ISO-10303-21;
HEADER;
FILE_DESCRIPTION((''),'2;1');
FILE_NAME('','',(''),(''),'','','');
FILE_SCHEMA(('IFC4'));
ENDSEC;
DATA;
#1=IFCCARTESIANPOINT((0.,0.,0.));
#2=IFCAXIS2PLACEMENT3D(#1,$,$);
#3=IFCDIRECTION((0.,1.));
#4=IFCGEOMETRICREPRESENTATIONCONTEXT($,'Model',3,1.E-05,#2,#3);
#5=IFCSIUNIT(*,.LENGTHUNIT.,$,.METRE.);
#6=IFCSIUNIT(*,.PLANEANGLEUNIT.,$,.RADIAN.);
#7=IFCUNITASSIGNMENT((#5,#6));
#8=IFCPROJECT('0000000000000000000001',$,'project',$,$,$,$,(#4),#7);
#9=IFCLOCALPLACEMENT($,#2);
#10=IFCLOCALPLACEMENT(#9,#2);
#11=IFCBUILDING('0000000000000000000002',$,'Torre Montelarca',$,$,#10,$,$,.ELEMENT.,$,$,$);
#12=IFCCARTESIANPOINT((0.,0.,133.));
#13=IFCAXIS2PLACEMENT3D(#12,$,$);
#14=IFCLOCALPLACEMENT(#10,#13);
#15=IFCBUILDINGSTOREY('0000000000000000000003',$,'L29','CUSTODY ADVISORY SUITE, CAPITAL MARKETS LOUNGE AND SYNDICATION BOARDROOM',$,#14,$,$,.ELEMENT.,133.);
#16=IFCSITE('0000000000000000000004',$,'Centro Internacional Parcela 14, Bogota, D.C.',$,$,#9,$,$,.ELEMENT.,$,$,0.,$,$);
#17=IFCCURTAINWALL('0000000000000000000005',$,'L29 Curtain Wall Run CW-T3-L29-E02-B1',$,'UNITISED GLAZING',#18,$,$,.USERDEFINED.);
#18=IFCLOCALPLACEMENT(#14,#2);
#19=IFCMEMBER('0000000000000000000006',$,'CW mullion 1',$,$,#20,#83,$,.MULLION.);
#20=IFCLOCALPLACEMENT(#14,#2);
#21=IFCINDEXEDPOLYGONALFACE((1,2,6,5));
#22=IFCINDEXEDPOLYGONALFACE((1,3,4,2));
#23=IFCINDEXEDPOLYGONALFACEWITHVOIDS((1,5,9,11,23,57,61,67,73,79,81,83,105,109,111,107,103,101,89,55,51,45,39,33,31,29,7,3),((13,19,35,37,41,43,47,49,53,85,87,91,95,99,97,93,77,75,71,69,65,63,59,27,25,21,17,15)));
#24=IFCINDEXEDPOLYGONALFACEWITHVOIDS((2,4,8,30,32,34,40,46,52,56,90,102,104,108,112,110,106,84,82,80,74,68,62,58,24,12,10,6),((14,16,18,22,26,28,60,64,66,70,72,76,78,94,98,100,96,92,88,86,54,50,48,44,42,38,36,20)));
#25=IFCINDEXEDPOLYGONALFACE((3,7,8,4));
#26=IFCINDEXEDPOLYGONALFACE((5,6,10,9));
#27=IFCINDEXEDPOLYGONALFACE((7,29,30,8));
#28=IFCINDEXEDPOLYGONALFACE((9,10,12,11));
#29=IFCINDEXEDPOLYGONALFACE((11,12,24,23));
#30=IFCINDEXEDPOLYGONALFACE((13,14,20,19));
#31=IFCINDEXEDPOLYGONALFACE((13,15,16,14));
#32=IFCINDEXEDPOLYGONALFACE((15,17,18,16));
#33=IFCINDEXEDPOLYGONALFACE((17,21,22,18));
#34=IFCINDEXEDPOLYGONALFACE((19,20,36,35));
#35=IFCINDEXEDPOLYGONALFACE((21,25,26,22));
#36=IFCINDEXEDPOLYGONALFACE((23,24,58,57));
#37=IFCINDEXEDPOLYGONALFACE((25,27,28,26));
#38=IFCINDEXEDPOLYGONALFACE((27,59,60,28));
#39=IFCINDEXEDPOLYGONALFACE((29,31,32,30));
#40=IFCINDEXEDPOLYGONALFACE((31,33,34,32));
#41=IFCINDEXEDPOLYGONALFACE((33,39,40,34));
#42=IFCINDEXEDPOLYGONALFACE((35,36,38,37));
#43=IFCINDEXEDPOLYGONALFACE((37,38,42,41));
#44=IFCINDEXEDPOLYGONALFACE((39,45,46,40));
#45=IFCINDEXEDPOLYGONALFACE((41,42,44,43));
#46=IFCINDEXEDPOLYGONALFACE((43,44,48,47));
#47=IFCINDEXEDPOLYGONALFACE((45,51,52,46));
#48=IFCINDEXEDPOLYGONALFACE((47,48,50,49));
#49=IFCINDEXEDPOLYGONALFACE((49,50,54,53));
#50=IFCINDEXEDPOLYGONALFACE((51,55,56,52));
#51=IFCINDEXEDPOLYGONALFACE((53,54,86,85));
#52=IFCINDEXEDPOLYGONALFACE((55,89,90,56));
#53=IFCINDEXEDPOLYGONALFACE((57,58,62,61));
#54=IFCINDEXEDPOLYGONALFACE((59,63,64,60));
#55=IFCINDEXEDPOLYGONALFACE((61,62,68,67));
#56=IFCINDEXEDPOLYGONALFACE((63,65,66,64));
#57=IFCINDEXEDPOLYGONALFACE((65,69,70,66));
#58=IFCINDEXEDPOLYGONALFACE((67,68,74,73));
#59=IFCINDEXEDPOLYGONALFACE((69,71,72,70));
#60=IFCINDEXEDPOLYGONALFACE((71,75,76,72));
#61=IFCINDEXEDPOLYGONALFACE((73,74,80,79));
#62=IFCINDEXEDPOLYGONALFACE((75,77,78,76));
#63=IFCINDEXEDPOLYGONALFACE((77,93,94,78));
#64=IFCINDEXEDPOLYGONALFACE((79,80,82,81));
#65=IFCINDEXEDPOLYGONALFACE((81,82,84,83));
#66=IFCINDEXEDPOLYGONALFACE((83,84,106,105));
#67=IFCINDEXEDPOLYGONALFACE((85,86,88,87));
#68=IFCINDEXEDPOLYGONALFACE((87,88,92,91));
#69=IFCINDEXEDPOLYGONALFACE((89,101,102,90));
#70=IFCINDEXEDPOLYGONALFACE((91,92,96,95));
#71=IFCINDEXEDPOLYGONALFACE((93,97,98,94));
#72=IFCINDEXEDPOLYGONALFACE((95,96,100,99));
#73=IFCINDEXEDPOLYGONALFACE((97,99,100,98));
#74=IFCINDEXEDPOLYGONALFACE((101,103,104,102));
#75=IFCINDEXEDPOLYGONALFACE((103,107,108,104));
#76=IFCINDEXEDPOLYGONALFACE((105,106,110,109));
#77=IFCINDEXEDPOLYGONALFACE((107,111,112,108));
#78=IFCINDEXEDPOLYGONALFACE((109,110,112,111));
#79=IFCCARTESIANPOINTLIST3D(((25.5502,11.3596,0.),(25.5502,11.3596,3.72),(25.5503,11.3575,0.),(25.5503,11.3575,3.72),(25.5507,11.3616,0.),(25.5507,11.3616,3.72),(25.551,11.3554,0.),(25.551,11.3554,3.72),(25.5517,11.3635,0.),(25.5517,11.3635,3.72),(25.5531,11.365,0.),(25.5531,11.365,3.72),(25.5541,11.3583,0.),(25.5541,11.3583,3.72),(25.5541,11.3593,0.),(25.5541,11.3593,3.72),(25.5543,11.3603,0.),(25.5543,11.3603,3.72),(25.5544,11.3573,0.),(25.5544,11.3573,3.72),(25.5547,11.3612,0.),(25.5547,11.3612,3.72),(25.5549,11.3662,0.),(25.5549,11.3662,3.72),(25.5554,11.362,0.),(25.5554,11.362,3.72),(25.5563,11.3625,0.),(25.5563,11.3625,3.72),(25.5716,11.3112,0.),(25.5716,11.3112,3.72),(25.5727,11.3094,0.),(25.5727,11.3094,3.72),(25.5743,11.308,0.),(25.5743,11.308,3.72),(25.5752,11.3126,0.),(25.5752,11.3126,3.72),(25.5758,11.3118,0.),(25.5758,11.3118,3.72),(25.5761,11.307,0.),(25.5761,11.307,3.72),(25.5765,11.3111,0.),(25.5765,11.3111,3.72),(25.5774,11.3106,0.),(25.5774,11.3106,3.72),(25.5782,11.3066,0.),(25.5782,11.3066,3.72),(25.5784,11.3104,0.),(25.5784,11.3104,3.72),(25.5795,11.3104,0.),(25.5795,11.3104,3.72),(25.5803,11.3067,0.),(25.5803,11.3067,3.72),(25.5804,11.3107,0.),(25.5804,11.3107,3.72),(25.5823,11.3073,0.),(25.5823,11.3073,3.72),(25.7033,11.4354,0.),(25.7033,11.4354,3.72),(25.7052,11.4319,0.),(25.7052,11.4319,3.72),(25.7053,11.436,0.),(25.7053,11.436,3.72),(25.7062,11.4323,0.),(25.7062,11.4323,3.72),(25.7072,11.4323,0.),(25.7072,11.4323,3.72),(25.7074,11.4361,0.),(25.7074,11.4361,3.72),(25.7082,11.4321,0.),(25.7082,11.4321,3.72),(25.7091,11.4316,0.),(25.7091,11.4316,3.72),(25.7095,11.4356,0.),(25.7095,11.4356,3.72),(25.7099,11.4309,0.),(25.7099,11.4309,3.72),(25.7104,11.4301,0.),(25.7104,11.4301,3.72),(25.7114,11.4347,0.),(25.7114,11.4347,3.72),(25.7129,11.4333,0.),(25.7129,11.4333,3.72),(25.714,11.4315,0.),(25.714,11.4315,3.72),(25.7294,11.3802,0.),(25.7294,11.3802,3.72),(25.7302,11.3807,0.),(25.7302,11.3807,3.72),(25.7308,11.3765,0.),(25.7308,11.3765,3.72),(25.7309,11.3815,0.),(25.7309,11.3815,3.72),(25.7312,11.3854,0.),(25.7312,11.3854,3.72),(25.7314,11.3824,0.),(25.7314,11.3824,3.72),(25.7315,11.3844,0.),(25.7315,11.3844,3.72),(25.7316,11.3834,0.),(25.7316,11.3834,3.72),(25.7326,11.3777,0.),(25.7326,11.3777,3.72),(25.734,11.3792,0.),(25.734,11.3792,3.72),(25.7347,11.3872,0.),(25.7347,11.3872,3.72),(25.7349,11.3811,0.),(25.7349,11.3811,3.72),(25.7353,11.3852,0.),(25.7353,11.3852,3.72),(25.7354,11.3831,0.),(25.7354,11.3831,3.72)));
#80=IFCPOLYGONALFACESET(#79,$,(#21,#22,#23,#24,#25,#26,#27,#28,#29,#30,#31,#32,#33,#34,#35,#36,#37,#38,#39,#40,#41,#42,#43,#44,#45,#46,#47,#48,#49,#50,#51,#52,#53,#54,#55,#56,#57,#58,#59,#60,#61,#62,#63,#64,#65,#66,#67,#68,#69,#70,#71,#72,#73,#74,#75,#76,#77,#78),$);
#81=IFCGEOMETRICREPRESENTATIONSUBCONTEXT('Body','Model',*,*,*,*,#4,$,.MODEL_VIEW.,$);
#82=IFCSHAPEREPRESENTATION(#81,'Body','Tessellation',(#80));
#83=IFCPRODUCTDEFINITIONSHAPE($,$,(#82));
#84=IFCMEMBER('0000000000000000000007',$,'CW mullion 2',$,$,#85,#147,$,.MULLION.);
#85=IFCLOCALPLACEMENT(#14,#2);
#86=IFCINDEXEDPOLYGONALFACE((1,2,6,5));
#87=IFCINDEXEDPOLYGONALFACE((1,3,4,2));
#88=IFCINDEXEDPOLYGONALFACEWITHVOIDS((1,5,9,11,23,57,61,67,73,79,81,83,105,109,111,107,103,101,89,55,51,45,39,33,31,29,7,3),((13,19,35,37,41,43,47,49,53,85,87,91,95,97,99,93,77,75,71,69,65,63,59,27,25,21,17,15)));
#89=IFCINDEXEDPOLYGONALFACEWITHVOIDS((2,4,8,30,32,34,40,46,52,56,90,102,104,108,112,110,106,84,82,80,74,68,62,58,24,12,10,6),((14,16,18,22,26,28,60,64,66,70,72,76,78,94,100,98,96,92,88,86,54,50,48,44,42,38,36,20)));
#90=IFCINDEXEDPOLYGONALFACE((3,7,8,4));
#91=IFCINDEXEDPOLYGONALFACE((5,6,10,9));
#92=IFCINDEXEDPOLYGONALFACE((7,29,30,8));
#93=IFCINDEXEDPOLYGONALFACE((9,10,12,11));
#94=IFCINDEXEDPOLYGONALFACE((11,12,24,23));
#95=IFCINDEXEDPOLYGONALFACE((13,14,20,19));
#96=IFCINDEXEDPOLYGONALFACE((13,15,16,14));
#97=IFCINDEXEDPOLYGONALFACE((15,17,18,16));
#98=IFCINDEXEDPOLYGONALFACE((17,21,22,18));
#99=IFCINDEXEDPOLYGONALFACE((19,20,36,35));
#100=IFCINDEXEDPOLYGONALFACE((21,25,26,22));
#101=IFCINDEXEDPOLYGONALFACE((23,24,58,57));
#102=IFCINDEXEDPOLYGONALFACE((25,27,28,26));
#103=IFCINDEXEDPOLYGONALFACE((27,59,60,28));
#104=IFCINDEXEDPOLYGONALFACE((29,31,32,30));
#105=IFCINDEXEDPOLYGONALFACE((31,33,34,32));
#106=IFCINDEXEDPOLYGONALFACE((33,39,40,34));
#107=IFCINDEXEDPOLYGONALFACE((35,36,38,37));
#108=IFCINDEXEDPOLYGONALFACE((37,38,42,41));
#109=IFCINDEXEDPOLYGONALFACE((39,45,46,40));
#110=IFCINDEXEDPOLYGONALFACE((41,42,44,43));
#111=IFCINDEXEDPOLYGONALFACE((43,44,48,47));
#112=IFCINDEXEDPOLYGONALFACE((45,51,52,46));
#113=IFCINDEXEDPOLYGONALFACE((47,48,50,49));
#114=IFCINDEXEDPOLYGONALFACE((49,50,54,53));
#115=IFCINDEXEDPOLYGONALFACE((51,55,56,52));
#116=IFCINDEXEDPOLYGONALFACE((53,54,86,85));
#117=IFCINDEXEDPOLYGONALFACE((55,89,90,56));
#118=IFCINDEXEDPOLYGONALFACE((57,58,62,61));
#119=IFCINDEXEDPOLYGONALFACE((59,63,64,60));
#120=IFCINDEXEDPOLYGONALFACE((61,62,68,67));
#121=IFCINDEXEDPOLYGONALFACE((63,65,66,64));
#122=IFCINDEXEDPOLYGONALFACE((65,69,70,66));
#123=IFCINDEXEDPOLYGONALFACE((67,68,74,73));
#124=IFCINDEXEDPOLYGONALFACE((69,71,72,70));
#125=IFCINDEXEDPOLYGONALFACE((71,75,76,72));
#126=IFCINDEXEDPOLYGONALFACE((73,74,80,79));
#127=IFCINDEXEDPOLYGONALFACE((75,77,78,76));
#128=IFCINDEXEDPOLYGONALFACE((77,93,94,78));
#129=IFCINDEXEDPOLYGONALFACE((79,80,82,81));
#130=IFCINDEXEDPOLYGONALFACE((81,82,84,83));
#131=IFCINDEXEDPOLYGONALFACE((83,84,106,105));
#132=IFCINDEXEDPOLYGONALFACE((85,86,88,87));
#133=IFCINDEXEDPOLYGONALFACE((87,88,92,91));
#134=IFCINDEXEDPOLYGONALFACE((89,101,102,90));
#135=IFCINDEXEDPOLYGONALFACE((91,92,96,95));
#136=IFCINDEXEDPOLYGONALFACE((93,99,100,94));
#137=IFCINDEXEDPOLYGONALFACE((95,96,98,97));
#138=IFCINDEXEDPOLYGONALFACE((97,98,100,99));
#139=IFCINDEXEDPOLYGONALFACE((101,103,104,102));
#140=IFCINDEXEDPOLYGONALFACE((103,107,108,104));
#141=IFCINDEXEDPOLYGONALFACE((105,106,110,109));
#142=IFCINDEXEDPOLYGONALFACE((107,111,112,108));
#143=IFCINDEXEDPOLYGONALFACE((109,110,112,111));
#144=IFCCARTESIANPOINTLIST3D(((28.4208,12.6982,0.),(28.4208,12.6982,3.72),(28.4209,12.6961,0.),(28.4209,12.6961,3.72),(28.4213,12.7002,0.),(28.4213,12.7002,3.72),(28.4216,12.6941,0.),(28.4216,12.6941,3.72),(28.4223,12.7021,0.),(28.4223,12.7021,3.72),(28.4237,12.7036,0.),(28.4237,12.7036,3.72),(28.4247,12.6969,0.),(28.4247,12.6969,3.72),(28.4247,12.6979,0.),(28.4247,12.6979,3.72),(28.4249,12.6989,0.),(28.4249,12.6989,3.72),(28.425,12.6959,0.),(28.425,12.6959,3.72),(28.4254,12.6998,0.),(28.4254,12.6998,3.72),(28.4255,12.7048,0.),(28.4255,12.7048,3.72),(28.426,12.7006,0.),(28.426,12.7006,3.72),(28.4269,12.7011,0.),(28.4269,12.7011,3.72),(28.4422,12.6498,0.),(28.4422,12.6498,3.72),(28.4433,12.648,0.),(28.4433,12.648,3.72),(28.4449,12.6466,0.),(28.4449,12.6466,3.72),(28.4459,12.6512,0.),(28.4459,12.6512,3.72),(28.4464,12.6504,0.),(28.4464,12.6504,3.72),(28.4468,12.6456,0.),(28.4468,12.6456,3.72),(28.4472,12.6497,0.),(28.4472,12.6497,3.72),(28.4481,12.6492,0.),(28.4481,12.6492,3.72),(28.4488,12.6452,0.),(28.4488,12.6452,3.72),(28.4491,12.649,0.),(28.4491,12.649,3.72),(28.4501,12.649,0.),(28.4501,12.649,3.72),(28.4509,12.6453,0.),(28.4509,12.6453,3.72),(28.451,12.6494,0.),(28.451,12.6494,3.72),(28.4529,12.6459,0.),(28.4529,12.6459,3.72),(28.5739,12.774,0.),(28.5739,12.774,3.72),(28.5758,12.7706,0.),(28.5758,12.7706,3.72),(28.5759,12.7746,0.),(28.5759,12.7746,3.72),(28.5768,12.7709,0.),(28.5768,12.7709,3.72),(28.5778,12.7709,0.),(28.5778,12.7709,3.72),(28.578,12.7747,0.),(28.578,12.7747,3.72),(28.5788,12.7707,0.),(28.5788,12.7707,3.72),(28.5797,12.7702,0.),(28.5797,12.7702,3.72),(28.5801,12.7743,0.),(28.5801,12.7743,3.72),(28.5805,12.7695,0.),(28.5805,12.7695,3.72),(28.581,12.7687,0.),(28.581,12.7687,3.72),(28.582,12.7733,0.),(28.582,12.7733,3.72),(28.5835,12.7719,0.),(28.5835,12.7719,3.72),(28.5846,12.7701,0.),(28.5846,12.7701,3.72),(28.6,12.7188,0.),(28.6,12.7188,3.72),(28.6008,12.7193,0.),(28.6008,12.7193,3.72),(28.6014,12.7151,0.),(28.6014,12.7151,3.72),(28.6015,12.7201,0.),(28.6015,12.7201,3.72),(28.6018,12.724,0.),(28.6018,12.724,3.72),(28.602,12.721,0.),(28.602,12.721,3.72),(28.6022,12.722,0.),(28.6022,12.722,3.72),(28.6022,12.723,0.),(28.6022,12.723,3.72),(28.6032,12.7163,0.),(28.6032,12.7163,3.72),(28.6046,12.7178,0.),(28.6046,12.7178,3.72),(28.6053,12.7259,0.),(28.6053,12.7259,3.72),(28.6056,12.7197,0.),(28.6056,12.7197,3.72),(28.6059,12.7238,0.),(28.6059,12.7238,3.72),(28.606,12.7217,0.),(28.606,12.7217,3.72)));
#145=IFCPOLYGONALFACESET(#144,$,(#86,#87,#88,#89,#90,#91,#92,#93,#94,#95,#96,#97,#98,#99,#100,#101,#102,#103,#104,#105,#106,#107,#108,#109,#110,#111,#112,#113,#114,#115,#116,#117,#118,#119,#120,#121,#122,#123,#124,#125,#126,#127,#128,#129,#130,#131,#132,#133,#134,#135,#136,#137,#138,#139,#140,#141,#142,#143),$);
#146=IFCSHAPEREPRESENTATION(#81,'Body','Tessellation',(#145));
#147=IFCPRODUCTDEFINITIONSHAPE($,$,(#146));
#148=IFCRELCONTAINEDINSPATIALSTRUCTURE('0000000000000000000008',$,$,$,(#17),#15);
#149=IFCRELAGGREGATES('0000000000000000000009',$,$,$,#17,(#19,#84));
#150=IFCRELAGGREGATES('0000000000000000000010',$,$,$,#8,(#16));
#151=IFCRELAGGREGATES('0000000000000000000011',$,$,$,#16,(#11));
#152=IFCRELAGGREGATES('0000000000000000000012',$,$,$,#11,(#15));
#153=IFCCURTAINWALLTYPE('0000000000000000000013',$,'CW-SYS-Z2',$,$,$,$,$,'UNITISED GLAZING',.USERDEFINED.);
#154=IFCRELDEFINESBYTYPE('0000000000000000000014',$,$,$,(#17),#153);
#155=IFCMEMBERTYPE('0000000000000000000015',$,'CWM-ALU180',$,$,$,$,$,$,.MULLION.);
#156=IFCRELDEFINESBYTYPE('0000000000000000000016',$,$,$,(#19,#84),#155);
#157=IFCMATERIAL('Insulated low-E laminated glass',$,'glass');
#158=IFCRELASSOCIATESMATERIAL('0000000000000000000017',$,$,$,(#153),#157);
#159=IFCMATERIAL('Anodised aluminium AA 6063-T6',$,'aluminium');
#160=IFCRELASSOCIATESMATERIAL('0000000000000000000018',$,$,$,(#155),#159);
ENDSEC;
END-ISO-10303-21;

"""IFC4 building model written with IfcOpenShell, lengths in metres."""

from ifc_helpers import new_model, si_unit, direction, frame, origin, origin_2d, place, context, subcontext, project, spatial, hollow_rectangle, extrude, source, transform, mapped, material, material_profile, profile_set, type_object, element, aggregate, save


model = new_model("IFC4")

# Units and contexts
model_context = context("Model", 3, precision=1e-05, world=origin(), true_north=direction((0.0, 1.0)))
body_context = subcontext(model_context, "Body", "Model", "MODEL_VIEW")
ifc_project = project(units=[si_unit("LENGTHUNIT", "METRE"), si_unit("PLANEANGLEUNIT", "RADIAN")], contexts=[model_context])

# Site, building, storey
site_placement = place(None, origin())
site = spatial("IfcSite", under=ifc_project, at=site_placement, Name="Centro Internacional Parcela 14, Bogota, D.C.", CompositionType="ELEMENT", RefElevation=0.0)
building_placement = place(site_placement, origin())
building = spatial("IfcBuilding", under=site, at=building_placement, Name="Torre Montelarca", CompositionType="ELEMENT")
storey_placement = place(building_placement, frame((0.0, 0.0, 133.0)))
storey = spatial("IfcBuildingStorey", under=building, at=storey_placement, Name="L29", Description="CUSTODY ADVISORY SUITE, CAPITAL MARKETS LOUNGE AND SYNDICATION BOARDROOM", CompositionType="ELEMENT", Elevation=133.0)

# Curtain wall
ifc_material_1 = material(Name="Insulated low-E laminated glass", Category="glass")
curtain_wall_type = type_object("IfcCurtainWallType", Name="CW-SYS-Z2", ElementType="UNITISED GLAZING", PredefinedType="USERDEFINED", material=ifc_material_1)
curtain_wall_1_placement = place(storey_placement, origin())
curtain_wall_1 = element("IfcCurtainWall", 1, at=curtain_wall_1_placement, inside=storey, type_object=curtain_wall_type, Name="L29 Curtain Wall Run CW-T3-L29-E02-B1", ObjectType="UNITISED GLAZING", PredefinedType="USERDEFINED")
ifc_material_2 = material(Name="Anodised aluminium AA 6063-T6", Category="aluminium")
ifc_material_profile_1 = material_profile(ifc_material_2, hollow_rectangle(XDim=0.0649, YDim=0.1799, WallThickness=0.0039, InnerFilletRadius=0.0039, OuterFilletRadius=0.0081, at=origin_2d()), Name="ALU65X180X4", Category="aluminium")
ifc_profile_set_1 = profile_set([ifc_material_profile_1], Name="Anodised aluminium AA 6063-T6")
member_type_1 = type_object("IfcMemberType", Name="CWM-ALU180", PredefinedType="MULLION", material=ifc_profile_set_1)
shared_shape_1 = source(origin(), body_context, "Body", "SweptSolid", [
    extrude(hollow_rectangle(XDim=0.0649, YDim=0.1799, WallThickness=0.0039, InnerFilletRadius=0.0039, OuterFilletRadius=0.0081, at=origin_2d()), origin(), (0.0, 0.0, 1.0), 3.72),
])

# Members
member_1_placement = place(storey_placement, frame((25.6428, 11.3713, 0.0), z_axis=(0.0, 0.0, 1.0), x_axis=(-0.422589, 0.906321, 0.0)))
member_1 = element("IfcMember", 2, at=member_1_placement, type_object=member_type_1, Name="CW mullion 1", PredefinedType="MULLION", context=body_context, shape_type="MappedRepresentation", body=[
    mapped(shared_shape_1, transform((0.0, 0.0, 0.0), scale=1.0)),
])
member_2_placement = place(storey_placement, frame((28.5134, 12.71, 0.0), z_axis=(0.0, 0.0, 1.0), x_axis=(-0.422589, 0.906321, 0.0)))
member_2 = element("IfcMember", 3, at=member_2_placement, type_object=member_type_1, Name="CW mullion 2", PredefinedType="MULLION", context=body_context, shape_type="MappedRepresentation", body=[
    mapped(shared_shape_1, transform((0.0, 0.0, 0.0), scale=1.0)),
])

aggregate(curtain_wall_1, [member_1, member_2])

save(model, "model.ifc")
